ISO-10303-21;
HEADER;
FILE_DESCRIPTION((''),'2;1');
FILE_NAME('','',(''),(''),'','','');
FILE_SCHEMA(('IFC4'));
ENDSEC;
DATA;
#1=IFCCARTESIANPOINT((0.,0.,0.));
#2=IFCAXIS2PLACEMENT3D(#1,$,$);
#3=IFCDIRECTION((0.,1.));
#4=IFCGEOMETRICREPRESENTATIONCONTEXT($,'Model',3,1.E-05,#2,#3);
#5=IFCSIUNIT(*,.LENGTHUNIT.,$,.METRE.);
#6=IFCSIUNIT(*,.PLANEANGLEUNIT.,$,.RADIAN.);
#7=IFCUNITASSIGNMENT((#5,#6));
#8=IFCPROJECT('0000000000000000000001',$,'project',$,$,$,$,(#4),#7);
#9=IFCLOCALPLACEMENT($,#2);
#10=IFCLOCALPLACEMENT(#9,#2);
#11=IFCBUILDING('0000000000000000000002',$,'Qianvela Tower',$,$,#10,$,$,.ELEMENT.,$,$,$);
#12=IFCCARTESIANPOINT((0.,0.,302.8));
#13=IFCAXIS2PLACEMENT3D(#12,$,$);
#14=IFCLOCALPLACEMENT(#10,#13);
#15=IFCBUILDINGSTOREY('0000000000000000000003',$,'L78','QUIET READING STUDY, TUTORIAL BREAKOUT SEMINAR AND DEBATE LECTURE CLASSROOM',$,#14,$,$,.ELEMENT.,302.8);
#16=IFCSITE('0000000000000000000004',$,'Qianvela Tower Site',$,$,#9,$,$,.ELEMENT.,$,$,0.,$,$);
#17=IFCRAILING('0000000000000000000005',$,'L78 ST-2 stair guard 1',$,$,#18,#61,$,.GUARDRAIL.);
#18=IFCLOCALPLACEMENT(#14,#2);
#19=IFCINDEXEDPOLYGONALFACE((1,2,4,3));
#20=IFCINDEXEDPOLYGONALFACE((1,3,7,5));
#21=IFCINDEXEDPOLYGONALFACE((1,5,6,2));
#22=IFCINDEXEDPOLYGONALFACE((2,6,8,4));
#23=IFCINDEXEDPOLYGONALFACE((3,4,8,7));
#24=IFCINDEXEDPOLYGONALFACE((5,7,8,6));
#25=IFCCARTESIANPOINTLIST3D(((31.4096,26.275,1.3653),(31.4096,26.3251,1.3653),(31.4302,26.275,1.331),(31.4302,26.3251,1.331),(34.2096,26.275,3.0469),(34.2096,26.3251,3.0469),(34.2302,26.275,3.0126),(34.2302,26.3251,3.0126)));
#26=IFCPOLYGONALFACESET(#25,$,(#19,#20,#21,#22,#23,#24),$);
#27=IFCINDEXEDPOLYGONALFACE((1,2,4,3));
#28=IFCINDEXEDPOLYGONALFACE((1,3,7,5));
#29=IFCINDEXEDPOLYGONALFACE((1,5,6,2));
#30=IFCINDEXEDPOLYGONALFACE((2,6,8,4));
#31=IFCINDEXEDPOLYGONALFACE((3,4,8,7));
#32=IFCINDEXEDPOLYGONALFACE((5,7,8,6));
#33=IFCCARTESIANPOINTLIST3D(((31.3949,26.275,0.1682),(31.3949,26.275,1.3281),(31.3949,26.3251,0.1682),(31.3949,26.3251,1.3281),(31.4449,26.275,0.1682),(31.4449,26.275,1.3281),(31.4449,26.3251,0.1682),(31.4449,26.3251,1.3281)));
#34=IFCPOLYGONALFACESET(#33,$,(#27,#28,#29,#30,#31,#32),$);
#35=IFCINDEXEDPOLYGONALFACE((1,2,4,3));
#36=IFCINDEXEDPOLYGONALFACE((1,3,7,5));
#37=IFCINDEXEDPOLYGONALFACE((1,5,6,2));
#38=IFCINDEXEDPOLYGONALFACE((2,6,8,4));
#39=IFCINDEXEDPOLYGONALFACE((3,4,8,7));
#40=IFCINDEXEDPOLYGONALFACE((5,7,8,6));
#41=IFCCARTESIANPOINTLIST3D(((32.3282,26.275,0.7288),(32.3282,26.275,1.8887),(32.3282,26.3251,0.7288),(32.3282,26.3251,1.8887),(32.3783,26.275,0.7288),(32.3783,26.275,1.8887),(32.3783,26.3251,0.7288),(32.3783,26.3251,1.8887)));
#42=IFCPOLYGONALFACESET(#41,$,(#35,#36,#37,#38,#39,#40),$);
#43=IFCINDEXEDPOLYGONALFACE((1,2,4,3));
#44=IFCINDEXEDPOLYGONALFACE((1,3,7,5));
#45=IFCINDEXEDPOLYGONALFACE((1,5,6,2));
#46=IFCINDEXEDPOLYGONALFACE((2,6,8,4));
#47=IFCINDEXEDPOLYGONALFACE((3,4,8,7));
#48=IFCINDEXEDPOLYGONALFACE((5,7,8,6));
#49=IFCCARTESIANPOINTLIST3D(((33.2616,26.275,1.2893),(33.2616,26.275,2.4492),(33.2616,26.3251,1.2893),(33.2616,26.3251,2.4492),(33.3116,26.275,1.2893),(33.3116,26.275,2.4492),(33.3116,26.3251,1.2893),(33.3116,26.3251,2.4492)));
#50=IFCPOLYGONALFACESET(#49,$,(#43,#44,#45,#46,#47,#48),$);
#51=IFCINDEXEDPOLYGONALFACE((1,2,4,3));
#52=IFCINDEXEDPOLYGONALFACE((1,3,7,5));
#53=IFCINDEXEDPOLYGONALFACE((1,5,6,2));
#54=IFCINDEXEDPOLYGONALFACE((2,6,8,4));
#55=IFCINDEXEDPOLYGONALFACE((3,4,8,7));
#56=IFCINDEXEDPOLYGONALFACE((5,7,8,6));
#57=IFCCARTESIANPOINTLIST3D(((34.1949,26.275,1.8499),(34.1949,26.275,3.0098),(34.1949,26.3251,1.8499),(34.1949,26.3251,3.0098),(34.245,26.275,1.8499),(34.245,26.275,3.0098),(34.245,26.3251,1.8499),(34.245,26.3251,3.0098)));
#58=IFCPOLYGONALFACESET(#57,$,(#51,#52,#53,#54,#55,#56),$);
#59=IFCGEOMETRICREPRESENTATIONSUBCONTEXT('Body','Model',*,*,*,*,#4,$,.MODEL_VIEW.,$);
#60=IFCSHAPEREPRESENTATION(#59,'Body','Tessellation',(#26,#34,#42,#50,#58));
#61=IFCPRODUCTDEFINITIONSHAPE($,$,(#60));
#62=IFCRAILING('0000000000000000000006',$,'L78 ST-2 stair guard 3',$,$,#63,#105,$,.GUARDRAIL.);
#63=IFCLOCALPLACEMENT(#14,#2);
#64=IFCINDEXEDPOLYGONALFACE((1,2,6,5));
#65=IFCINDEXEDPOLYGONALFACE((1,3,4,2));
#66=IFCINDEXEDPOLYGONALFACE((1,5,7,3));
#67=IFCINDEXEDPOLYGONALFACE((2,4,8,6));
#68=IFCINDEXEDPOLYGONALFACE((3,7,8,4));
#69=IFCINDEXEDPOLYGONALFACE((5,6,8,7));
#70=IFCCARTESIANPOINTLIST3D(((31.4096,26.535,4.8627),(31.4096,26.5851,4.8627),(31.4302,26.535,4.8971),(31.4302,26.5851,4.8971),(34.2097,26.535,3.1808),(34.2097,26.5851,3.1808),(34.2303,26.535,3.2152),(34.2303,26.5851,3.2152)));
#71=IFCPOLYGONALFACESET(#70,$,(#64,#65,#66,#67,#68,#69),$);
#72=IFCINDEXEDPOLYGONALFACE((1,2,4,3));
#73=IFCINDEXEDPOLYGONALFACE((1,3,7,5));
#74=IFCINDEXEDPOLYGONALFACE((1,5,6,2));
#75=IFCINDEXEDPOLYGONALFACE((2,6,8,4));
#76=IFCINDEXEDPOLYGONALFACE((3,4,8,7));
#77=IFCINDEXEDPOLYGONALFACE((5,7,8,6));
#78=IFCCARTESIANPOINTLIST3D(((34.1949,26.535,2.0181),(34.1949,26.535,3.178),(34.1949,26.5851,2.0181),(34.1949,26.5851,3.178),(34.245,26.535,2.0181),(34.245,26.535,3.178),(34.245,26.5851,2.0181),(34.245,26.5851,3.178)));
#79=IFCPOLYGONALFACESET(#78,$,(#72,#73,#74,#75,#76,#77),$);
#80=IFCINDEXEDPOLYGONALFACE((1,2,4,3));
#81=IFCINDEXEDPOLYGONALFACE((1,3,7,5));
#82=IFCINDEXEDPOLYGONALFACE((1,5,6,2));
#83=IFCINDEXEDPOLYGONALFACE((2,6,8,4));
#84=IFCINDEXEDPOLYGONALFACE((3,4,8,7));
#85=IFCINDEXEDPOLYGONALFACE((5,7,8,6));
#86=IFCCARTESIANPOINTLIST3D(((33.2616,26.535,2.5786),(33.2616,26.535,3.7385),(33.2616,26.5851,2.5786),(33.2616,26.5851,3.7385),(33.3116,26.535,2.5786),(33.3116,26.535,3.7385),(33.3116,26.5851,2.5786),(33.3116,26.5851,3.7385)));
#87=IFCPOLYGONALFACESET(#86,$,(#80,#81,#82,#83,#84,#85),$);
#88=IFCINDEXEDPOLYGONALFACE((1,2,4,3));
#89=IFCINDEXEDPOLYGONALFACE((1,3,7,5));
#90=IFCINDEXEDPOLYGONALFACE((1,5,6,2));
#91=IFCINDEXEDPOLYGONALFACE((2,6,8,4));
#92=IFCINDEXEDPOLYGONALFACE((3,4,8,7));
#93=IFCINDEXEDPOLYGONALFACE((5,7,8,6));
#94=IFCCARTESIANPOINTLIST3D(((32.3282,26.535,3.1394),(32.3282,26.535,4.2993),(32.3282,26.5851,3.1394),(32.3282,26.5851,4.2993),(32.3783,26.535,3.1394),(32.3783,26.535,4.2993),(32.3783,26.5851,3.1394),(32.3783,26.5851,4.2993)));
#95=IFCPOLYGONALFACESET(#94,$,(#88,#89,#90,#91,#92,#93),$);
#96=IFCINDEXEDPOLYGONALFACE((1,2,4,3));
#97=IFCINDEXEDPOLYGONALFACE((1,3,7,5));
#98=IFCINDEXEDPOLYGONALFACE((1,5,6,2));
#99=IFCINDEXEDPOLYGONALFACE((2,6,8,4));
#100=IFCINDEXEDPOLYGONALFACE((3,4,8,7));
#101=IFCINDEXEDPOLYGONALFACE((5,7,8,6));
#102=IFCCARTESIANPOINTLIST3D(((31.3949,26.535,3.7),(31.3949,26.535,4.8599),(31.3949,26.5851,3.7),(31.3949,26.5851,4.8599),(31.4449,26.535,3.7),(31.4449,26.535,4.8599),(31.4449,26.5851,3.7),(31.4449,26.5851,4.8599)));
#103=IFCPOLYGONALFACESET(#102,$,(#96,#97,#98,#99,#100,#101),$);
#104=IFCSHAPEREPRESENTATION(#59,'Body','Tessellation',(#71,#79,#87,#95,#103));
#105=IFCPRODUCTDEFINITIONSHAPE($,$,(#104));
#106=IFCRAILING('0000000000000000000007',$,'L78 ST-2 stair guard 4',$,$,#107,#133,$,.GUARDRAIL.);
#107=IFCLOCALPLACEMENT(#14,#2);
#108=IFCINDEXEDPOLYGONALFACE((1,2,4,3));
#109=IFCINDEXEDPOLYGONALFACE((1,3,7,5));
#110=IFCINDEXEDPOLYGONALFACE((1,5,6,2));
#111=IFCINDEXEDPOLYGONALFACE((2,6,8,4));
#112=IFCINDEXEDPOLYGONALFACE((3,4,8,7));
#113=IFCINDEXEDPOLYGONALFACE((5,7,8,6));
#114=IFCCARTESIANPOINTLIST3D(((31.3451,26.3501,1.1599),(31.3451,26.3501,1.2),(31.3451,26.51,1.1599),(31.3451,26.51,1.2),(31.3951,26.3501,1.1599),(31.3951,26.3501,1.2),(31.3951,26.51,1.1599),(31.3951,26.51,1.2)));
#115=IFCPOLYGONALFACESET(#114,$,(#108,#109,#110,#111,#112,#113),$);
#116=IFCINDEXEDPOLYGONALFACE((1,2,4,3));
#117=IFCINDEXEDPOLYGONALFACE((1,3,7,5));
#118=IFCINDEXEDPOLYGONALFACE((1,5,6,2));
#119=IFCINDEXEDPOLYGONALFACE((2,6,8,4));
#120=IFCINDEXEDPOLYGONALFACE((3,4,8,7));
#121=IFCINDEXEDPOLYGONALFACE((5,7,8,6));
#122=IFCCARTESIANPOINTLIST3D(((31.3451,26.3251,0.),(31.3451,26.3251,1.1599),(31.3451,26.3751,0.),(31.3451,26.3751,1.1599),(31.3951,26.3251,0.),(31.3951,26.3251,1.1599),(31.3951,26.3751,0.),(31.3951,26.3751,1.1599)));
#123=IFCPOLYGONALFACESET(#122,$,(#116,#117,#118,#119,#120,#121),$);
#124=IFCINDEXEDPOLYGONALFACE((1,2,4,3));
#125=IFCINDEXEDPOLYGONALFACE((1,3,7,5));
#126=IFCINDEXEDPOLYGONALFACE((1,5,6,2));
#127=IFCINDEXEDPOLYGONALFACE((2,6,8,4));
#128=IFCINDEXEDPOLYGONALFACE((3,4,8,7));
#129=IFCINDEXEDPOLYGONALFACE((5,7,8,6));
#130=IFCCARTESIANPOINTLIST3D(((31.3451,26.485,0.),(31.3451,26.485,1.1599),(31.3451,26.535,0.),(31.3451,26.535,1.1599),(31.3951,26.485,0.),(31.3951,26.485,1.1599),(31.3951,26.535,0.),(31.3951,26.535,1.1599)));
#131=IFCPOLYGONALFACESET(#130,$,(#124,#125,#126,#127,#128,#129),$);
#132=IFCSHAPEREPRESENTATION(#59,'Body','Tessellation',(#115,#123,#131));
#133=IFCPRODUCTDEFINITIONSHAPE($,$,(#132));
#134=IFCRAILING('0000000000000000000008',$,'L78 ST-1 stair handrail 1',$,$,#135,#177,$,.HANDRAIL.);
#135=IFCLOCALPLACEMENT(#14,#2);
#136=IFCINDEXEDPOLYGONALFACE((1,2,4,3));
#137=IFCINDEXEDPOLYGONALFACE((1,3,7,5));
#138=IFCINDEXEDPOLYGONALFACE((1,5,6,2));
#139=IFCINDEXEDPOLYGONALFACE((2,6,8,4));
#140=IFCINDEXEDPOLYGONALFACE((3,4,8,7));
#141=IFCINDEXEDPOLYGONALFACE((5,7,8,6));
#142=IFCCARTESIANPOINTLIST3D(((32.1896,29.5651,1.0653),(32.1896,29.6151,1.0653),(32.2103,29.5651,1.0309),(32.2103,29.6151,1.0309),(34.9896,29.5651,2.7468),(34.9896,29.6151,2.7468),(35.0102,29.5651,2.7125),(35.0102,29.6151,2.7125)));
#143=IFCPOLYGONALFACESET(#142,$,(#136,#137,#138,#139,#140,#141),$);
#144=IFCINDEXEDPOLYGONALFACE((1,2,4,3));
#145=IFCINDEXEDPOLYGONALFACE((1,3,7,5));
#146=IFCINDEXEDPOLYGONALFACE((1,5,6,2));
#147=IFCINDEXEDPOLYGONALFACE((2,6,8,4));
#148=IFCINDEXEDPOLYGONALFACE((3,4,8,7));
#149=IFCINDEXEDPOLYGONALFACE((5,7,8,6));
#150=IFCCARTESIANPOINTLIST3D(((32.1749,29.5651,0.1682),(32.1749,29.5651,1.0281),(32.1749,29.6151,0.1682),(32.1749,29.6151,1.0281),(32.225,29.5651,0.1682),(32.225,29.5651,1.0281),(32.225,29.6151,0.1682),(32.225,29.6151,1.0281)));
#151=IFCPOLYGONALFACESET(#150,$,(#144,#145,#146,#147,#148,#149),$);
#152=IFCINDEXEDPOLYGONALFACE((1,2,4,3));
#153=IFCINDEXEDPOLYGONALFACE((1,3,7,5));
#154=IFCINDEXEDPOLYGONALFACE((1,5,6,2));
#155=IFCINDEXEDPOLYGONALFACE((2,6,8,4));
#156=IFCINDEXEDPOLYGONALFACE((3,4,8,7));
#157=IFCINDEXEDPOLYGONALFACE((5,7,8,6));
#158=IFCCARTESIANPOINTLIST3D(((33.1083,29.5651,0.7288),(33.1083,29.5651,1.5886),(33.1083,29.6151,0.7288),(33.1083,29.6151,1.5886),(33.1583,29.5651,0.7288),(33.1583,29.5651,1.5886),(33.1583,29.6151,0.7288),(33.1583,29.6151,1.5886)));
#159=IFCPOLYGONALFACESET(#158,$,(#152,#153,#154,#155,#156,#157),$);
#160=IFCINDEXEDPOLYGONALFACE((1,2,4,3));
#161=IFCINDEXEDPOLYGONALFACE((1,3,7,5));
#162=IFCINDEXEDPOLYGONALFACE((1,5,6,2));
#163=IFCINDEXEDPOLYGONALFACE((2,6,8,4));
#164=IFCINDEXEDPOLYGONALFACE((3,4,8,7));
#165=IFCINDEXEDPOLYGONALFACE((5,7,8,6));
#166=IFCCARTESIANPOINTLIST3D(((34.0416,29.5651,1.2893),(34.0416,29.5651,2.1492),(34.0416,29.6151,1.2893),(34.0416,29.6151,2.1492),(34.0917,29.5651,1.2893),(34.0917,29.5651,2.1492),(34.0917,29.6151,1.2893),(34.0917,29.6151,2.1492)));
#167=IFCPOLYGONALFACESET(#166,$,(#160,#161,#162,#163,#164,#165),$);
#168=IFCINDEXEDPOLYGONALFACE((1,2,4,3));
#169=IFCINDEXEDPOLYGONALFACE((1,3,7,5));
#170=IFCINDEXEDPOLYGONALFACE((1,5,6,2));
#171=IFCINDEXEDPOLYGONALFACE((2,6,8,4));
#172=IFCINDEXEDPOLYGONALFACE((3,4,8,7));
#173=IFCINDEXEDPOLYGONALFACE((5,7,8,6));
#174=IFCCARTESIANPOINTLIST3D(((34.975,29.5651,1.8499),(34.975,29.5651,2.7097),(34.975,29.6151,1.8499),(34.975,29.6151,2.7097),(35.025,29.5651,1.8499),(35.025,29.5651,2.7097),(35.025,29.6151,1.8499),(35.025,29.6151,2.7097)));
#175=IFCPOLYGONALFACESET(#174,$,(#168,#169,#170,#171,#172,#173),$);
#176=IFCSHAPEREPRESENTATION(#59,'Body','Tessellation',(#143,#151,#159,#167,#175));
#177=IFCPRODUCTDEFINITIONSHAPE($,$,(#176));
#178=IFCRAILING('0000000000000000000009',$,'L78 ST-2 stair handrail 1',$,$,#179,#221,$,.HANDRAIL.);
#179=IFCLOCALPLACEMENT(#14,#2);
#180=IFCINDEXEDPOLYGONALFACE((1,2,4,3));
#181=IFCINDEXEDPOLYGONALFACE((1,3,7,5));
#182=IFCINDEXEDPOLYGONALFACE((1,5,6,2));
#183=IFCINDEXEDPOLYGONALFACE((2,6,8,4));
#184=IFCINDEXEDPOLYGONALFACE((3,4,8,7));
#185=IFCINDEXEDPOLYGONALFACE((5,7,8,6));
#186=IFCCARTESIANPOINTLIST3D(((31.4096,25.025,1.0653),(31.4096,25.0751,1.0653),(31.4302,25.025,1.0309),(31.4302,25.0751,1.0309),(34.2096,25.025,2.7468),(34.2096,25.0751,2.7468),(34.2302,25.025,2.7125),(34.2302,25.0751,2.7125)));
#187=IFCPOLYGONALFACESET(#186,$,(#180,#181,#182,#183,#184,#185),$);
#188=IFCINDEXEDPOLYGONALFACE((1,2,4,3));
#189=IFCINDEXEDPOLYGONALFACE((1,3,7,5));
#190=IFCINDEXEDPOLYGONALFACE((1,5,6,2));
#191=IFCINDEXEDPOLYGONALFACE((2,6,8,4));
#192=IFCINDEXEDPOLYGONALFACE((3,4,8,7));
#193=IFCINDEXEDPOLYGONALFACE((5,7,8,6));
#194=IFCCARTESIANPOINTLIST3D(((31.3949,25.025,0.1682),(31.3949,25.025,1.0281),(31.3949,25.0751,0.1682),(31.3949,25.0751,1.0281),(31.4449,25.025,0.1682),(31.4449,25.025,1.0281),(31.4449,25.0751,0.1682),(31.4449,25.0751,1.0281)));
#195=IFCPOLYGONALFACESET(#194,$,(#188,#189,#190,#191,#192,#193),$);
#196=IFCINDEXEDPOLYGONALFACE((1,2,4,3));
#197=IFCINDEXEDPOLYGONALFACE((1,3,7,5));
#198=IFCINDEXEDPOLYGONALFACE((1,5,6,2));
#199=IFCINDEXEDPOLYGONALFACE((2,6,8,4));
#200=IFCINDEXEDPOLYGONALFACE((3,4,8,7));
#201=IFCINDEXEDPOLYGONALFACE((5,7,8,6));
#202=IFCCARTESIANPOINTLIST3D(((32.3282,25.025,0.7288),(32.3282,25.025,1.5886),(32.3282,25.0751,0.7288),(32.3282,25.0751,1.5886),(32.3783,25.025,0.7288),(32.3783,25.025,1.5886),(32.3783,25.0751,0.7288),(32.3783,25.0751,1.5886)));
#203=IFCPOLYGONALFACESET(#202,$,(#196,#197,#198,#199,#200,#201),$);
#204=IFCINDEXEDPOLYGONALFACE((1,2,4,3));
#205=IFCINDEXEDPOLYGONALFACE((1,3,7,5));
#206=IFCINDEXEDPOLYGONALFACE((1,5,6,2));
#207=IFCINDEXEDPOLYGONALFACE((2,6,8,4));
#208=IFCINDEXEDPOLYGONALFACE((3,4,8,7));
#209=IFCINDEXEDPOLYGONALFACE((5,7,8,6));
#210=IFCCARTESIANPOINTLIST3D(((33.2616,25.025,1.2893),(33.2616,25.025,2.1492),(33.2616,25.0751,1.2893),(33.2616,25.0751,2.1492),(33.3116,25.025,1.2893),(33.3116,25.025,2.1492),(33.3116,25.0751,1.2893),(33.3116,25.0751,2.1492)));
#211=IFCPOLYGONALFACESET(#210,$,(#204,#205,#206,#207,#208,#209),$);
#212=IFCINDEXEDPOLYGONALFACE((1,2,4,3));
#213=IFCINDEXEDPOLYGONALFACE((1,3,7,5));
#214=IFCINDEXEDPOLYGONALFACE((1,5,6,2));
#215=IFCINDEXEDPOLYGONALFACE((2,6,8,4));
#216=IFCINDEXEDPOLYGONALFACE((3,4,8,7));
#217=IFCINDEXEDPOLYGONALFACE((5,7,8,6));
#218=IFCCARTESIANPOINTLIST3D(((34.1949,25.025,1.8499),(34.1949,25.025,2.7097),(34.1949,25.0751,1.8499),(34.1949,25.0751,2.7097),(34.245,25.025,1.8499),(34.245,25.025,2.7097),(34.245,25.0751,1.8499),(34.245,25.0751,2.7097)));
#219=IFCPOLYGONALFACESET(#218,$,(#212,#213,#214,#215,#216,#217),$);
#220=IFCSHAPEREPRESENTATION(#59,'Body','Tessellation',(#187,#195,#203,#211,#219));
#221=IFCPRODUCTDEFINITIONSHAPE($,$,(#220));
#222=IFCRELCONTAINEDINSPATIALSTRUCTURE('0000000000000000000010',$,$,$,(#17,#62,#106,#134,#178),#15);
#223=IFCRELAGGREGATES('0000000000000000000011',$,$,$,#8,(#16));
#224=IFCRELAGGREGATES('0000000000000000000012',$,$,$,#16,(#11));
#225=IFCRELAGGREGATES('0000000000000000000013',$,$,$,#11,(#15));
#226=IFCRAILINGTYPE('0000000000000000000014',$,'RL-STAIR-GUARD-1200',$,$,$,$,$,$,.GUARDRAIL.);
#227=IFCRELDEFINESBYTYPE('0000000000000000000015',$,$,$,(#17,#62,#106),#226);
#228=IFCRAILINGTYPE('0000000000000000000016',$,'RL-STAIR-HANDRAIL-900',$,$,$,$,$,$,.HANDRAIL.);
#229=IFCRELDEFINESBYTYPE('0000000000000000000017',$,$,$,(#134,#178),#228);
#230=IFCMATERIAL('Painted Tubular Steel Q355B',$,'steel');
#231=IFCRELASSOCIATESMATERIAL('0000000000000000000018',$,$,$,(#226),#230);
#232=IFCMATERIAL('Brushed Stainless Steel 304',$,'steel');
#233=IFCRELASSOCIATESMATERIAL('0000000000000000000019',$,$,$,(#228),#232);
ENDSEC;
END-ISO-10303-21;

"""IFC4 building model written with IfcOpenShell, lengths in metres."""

from ifc_helpers import new_model, si_unit, direction, frame, origin, origin_2d, place, context, subcontext, project, spatial, rectangle, extrude, material, type_object, element, save


model = new_model("IFC4")

# Units and contexts
model_context = context("Model", 3, precision=1e-05, world=origin(), true_north=direction((0.0, 1.0)))
body_context = subcontext(model_context, "Body", "Model", "MODEL_VIEW")
ifc_project = project(units=[si_unit("LENGTHUNIT", "METRE"), si_unit("PLANEANGLEUNIT", "RADIAN")], contexts=[model_context])

# Site, building, storey
site_placement = place(None, origin())
site = spatial("IfcSite", under=ifc_project, at=site_placement, Name="Qianvela Tower Site", CompositionType="ELEMENT", RefElevation=0.0)
building_placement = place(site_placement, origin())
building = spatial("IfcBuilding", under=site, at=building_placement, Name="Qianvela Tower", CompositionType="ELEMENT")
storey_placement = place(building_placement, frame((0.0, 0.0, 302.8)))
storey = spatial("IfcBuildingStorey", under=building, at=storey_placement, Name="L78", Description="QUIET READING STUDY, TUTORIAL BREAKOUT SEMINAR AND DEBATE LECTURE CLASSROOM", CompositionType="ELEMENT", Elevation=302.8)

# Railings
ifc_material_1 = material(Name="Painted Tubular Steel Q355B", Category="steel")
railing_type_1 = type_object("IfcRailingType", Name="RL-STAIR-GUARD-1200", PredefinedType="GUARDRAIL", material=ifc_material_1)
railing_1_placement = place(storey_placement, frame((31.4199, 26.3, 0.1682)))
element("IfcRailing", 1, at=railing_1_placement, inside=storey, type_object=railing_type_1, Name="L78 ST-2 stair guard 1", PredefinedType="GUARDRAIL", context=body_context, shape_type="SweptSolid", body=[
    extrude(rectangle(XDim=0.05, YDim=0.04, at=origin_2d()), frame((0.0, 0.0, 1.1799), z_axis=(0.857275, 0.0, 0.514858), x_axis=(0.0, 1.0, 0.0)), (0.0, 0.0, 1.0), 3.2661),
    extrude(rectangle(XDim=0.05, YDim=0.05, at=origin_2d()), origin(), (0.0, 0.0, 1.0), 1.1599),
    extrude(rectangle(XDim=0.05, YDim=0.05, at=origin_2d()), frame((0.9333, 0.0, 0.5605)), (0.0, 0.0, 1.0), 1.1599),
    extrude(rectangle(XDim=0.05, YDim=0.05, at=origin_2d()), frame((1.8667, 0.0, 1.1211)), (0.0, 0.0, 1.0), 1.1599),
    extrude(rectangle(XDim=0.05, YDim=0.05, at=origin_2d()), frame((2.8, 0.0, 1.6816)), (0.0, 0.0, 1.0), 1.1599),
])
railing_2_placement = place(storey_placement, frame((34.22, 26.5601, 2.0181)))
element("IfcRailing", 2, at=railing_2_placement, inside=storey, type_object=railing_type_1, Name="L78 ST-2 stair guard 3", PredefinedType="GUARDRAIL", context=body_context, shape_type="SweptSolid", body=[
    extrude(rectangle(XDim=0.05, YDim=0.04, at=origin_2d()), frame((0.0, 0.0, 1.1799), z_axis=(-0.857242, 0.0, 0.514913), x_axis=(0.0, -1.0, 0.0)), (0.0, 0.0, 1.0), 3.2664),
    extrude(rectangle(XDim=0.05, YDim=0.05, at=origin_2d()), origin(), (0.0, 0.0, 1.0), 1.1599),
    extrude(rectangle(XDim=0.05, YDim=0.05, at=origin_2d()), frame((-0.9333, 0.0, 0.5605)), (0.0, 0.0, 1.0), 1.1599),
    extrude(rectangle(XDim=0.05, YDim=0.05, at=origin_2d()), frame((-1.8667, 0.0, 1.1213)), (0.0, 0.0, 1.0), 1.1599),
    extrude(rectangle(XDim=0.05, YDim=0.05, at=origin_2d()), frame((-2.8, 0.0, 1.6819)), (0.0, 0.0, 1.0), 1.1599),
])
railing_3_placement = place(storey_placement, frame((31.3701, 26.3501, 0.0)))
element("IfcRailing", 3, at=railing_3_placement, inside=storey, type_object=railing_type_1, Name="L78 ST-2 stair guard 4", PredefinedType="GUARDRAIL", context=body_context, shape_type="SweptSolid", body=[
    extrude(rectangle(XDim=0.05, YDim=0.04, at=origin_2d()), frame((0.0, 0.0, 1.1799), z_axis=(0.0, 1.0, 0.0), x_axis=(-1.0, 0.0, 0.0)), (0.0, 0.0, 1.0), 0.1599),
    extrude(rectangle(XDim=0.05, YDim=0.05, at=origin_2d()), origin(), (0.0, 0.0, 1.0), 1.1599),
    extrude(rectangle(XDim=0.05, YDim=0.05, at=origin_2d()), frame((0.0, 0.1599, 0.0)), (0.0, 0.0, 1.0), 1.1599),
])
ifc_material_2 = material(Name="Brushed Stainless Steel 304", Category="steel")
railing_type_2 = type_object("IfcRailingType", Name="RL-STAIR-HANDRAIL-900", PredefinedType="HANDRAIL", material=ifc_material_2)
for number, where, name in (
    (4, (32.2, 29.5901, 0.1682), "L78 ST-1 stair handrail 1"),
    (5, (31.4199, 25.05, 0.1682), "L78 ST-2 stair handrail 1"),
):
    element("IfcRailing", number, at=place(storey_placement, frame(where)), inside=storey, type_object=railing_type_2, Name=name, PredefinedType="HANDRAIL", context=body_context, shape_type="SweptSolid", body=[
        extrude(rectangle(XDim=0.05, YDim=0.04, at=origin_2d()), frame((0.0, 0.0, 0.8799), z_axis=(0.857275, 0.0, 0.514858), x_axis=(0.0, 1.0, 0.0)), (0.0, 0.0, 1.0), 3.2661),
        extrude(rectangle(XDim=0.05, YDim=0.05, at=origin_2d()), origin(), (0.0, 0.0, 1.0), 0.8599),
        extrude(rectangle(XDim=0.05, YDim=0.05, at=origin_2d()), frame((0.9333, 0.0, 0.5605)), (0.0, 0.0, 1.0), 0.8599),
        extrude(rectangle(XDim=0.05, YDim=0.05, at=origin_2d()), frame((1.8667, 0.0, 1.1211)), (0.0, 0.0, 1.0), 0.8599),
        extrude(rectangle(XDim=0.05, YDim=0.05, at=origin_2d()), frame((2.8, 0.0, 1.6816)), (0.0, 0.0, 1.0), 0.8599),
    ])

save(model, "model.ifc")
